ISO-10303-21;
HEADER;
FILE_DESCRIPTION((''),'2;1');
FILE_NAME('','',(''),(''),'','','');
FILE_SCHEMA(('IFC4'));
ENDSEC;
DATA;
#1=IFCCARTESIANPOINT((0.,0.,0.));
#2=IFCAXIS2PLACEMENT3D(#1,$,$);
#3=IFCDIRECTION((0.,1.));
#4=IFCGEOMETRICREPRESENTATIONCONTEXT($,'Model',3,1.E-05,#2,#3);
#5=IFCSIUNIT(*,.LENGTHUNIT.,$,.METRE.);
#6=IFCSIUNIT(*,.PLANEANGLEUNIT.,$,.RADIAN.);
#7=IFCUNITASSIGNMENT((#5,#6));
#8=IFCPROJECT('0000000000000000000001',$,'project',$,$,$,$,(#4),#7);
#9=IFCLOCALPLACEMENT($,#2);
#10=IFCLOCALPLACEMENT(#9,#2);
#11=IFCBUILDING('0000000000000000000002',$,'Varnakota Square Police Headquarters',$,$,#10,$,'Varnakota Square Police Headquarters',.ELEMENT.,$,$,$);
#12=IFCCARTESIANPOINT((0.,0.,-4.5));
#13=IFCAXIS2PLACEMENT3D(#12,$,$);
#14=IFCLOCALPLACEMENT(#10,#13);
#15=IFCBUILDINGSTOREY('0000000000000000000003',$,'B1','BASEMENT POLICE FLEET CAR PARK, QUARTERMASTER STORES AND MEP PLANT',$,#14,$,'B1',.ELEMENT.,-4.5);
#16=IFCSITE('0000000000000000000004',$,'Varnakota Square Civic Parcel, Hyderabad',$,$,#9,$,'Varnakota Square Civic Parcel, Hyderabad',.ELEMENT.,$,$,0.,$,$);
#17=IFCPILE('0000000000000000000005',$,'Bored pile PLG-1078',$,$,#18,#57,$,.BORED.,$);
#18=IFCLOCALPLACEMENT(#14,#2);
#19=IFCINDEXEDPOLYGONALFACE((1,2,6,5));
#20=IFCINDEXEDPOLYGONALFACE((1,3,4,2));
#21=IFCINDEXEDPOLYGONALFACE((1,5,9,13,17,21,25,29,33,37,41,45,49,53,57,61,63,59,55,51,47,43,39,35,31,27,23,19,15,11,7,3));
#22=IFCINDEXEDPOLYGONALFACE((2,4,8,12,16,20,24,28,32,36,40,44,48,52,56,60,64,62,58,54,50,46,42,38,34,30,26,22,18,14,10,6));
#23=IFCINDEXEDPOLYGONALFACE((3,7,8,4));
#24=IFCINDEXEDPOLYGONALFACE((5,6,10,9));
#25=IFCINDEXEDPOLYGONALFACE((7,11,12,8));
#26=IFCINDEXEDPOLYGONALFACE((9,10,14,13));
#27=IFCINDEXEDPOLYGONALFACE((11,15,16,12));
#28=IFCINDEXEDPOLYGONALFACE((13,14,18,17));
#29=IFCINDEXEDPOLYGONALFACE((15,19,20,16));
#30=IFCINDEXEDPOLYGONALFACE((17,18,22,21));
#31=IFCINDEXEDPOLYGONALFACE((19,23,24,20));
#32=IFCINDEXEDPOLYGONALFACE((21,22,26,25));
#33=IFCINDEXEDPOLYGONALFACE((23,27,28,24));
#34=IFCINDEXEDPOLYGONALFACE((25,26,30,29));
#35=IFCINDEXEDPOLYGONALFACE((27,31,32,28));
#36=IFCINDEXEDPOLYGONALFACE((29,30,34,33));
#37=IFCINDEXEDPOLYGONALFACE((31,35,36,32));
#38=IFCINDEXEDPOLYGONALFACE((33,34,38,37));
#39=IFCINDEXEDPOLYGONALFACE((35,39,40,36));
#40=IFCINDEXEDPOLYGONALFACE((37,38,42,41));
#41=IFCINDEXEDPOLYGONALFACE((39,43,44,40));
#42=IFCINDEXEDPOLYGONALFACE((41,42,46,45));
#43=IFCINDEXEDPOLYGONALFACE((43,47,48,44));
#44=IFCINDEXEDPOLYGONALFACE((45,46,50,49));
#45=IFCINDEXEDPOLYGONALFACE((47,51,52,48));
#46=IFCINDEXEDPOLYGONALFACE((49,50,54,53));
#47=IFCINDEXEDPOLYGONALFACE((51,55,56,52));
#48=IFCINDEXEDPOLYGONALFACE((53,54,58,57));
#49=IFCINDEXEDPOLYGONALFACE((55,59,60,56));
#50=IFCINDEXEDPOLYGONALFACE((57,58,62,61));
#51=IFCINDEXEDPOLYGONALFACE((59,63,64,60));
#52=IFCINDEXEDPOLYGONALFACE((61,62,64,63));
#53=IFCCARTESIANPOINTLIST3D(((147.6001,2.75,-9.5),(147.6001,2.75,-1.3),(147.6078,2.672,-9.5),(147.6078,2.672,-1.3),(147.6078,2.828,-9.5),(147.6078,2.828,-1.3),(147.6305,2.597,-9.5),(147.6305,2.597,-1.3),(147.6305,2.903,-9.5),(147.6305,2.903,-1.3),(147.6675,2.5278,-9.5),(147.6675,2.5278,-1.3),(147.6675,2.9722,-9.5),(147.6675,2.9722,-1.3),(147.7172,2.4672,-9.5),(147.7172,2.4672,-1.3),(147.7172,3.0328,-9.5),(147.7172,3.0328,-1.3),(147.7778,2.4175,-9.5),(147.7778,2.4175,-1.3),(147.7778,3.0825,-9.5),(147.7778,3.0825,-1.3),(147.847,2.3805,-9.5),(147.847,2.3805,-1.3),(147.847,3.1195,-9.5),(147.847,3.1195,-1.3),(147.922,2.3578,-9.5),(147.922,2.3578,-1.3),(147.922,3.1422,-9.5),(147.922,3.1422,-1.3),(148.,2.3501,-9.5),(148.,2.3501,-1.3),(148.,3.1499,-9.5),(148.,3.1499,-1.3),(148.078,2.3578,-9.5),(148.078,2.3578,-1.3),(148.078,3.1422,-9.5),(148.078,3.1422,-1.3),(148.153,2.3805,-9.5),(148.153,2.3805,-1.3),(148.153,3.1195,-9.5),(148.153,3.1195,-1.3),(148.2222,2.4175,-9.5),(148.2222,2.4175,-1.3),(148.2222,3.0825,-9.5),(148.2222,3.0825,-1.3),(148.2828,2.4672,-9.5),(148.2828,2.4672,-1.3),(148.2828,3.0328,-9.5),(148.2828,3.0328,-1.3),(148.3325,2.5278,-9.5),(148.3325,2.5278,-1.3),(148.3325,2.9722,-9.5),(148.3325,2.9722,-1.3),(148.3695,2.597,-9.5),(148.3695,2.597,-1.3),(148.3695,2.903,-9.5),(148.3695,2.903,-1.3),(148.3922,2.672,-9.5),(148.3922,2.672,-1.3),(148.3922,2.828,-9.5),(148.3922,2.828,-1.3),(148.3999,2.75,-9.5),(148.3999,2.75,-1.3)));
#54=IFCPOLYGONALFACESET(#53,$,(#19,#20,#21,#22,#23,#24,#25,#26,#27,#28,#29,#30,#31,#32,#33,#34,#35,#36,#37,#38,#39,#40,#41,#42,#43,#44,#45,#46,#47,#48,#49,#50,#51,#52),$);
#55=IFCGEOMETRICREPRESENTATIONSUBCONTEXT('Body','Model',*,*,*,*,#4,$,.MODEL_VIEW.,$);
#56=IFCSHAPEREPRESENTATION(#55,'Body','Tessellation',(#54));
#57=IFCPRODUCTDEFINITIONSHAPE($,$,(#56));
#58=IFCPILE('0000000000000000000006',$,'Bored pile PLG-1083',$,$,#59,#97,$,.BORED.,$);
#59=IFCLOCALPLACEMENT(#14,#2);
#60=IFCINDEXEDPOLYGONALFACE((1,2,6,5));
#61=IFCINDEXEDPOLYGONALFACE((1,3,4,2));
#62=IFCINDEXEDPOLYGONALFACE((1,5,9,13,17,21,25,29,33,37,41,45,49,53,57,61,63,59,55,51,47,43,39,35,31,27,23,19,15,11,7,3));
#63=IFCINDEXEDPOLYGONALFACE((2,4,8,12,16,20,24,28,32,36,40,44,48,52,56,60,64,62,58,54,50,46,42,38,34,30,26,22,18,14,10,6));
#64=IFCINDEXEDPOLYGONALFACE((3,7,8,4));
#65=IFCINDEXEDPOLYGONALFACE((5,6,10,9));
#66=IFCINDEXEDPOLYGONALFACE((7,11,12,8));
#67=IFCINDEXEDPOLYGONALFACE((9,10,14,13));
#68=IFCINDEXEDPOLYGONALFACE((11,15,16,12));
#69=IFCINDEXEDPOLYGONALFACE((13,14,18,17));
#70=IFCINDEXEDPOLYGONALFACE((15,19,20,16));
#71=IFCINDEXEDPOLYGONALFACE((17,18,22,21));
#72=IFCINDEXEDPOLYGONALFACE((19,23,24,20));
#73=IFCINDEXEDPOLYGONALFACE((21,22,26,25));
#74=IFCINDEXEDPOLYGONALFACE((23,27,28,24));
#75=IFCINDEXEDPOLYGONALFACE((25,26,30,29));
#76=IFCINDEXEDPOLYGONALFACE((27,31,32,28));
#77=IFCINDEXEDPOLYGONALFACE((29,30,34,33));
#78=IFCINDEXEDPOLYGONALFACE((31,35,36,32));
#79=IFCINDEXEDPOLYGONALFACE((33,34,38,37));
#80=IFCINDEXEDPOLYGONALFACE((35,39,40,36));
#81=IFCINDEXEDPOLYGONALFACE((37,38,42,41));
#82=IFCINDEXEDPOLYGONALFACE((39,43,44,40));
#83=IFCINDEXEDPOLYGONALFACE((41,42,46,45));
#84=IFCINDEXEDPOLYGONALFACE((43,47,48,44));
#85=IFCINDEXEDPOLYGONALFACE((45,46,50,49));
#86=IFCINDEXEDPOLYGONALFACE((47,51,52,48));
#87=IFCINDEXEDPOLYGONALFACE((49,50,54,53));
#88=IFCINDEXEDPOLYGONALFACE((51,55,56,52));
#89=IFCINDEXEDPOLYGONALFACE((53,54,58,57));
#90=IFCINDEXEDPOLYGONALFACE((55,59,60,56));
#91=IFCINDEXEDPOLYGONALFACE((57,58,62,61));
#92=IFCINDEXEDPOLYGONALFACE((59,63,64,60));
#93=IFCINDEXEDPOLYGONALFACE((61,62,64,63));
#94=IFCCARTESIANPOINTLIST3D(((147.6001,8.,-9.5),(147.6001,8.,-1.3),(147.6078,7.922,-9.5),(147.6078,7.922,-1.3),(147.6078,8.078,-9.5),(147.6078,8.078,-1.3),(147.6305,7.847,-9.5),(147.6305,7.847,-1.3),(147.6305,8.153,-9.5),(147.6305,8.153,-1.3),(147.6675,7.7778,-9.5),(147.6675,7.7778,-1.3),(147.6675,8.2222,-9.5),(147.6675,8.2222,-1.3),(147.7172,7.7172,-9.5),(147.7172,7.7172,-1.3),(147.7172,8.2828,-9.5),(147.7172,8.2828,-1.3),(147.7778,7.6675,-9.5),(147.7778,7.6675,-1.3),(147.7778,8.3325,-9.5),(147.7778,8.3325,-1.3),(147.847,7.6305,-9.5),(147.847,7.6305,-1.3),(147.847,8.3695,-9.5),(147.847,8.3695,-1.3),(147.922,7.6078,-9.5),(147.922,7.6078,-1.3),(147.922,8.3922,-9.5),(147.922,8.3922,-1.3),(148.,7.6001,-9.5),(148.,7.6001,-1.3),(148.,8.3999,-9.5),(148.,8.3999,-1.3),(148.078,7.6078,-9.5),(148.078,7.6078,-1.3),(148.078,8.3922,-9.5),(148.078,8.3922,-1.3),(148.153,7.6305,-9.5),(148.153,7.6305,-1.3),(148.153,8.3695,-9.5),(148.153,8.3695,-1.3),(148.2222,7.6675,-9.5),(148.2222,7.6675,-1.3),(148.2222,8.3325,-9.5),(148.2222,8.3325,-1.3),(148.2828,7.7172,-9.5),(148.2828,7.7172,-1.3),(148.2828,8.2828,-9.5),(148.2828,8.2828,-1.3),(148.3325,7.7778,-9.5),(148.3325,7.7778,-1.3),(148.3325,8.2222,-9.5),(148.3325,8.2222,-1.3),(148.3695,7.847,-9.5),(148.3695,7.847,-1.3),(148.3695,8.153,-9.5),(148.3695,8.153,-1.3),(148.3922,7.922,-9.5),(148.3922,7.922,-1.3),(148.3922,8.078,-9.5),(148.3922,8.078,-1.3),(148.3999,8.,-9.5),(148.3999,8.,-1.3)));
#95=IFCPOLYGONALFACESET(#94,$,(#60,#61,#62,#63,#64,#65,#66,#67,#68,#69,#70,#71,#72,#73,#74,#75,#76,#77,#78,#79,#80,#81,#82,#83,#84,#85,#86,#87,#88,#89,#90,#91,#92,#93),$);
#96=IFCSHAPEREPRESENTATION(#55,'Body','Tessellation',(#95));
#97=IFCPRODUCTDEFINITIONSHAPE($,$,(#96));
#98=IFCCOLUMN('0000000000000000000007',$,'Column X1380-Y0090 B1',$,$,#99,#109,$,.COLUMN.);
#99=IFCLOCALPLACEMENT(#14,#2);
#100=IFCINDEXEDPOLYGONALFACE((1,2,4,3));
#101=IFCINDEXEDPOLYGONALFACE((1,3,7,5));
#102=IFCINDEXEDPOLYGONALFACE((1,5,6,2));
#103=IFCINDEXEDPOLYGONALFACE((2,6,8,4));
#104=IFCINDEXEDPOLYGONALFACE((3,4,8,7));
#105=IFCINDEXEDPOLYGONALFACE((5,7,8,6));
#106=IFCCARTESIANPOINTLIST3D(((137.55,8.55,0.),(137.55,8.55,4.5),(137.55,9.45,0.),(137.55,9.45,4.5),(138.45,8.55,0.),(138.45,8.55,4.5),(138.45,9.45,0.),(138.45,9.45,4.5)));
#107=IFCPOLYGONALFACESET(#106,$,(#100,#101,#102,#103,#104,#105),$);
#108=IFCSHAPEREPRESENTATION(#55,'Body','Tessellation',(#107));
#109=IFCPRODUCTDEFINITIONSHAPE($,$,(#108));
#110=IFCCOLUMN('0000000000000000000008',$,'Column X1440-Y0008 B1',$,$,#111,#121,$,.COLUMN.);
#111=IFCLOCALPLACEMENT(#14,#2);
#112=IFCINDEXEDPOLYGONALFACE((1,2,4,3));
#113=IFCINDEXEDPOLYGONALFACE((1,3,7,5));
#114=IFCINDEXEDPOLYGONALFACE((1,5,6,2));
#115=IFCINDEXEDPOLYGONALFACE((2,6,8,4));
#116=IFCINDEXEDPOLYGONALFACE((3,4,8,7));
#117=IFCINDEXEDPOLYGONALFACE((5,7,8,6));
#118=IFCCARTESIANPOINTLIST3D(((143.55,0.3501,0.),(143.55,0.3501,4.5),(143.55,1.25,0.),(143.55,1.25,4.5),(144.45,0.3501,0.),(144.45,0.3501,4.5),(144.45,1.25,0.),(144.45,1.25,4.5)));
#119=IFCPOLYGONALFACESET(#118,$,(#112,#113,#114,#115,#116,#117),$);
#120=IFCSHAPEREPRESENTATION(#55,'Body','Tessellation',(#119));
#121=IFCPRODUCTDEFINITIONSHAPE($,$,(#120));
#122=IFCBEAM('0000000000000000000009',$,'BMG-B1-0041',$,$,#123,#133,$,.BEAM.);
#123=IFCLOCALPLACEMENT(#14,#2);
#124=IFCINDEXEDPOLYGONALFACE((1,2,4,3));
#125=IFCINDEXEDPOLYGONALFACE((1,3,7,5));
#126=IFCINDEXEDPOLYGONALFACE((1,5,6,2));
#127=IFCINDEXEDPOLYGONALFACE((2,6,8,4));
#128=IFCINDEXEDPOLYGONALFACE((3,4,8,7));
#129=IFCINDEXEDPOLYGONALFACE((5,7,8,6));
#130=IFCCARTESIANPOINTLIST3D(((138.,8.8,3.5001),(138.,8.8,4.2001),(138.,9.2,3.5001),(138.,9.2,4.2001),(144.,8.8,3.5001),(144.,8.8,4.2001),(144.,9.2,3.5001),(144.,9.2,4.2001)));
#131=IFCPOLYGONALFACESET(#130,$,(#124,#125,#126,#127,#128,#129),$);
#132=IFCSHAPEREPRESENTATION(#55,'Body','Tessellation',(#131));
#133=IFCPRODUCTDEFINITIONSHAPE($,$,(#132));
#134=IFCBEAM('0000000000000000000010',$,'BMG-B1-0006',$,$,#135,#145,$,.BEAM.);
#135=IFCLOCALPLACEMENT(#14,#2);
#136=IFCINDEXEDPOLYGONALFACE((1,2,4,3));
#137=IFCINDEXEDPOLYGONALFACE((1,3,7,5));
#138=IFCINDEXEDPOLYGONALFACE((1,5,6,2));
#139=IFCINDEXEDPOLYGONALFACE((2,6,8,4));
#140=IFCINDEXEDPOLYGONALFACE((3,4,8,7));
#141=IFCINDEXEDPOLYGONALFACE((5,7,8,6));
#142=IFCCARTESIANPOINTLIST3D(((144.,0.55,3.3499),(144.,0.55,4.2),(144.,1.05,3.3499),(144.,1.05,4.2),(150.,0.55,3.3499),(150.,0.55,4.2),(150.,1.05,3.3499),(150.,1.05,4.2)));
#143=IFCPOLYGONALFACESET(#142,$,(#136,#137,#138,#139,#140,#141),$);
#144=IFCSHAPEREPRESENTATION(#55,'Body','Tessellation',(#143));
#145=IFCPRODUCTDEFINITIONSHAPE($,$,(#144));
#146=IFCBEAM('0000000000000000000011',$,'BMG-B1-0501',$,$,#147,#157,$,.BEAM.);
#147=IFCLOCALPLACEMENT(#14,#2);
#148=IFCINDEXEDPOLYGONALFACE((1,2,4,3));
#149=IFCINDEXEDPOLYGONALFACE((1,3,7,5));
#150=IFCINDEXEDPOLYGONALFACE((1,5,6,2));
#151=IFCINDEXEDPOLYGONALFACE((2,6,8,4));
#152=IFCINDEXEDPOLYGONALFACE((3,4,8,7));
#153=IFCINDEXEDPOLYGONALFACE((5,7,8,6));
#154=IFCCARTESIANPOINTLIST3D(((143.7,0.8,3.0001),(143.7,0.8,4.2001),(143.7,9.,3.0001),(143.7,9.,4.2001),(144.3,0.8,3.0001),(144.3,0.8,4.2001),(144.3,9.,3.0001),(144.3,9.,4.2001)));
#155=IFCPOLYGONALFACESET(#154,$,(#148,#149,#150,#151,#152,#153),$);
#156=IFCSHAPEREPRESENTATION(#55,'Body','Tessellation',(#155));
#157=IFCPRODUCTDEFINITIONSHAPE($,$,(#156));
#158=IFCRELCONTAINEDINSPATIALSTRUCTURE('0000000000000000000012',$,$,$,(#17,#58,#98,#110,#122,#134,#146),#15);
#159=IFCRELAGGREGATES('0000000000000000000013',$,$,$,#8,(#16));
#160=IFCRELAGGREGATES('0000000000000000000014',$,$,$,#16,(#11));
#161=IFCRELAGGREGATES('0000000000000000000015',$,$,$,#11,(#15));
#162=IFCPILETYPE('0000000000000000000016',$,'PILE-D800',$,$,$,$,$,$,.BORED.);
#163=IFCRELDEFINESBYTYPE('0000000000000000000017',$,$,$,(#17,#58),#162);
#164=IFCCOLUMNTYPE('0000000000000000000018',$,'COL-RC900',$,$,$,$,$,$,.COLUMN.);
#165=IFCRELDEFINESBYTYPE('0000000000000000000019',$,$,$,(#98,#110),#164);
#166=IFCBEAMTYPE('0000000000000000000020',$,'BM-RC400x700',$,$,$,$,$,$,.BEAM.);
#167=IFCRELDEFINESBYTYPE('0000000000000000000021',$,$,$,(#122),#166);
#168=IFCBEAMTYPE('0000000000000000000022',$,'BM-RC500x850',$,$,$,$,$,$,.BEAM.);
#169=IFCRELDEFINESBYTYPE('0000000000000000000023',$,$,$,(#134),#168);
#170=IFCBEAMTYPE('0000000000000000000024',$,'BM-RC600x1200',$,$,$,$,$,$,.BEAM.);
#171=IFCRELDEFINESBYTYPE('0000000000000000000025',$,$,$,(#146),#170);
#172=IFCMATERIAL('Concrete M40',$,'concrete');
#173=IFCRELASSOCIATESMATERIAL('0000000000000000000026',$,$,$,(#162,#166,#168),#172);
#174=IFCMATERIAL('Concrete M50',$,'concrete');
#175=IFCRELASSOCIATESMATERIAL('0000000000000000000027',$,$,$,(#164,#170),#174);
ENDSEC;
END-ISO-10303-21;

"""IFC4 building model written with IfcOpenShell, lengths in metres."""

from ifc_helpers import new_model, si_unit, direction, frame, origin, origin_2d, place, context, subcontext, project, spatial, rectangle, circle, extrude, material, material_profile, profile_set, type_object, element, save


model = new_model("IFC4")

# Units and contexts
model_context = context("Model", 3, precision=1e-05, world=origin(), true_north=direction((0.0, 1.0)))
body_context = subcontext(model_context, "Body", "Model", "MODEL_VIEW")
ifc_project = project(units=[si_unit("LENGTHUNIT", "METRE"), si_unit("PLANEANGLEUNIT", "RADIAN")], contexts=[model_context])

# Site, building, storey
site_placement = place(None, origin())
site = spatial("IfcSite", under=ifc_project, at=site_placement, Name="Varnakota Square Civic Parcel, Hyderabad", LongName="Varnakota Square Civic Parcel, Hyderabad", CompositionType="ELEMENT", RefElevation=0.0)
building_placement = place(site_placement, origin())
building = spatial("IfcBuilding", under=site, at=building_placement, Name="Varnakota Square Police Headquarters", LongName="Varnakota Square Police Headquarters", CompositionType="ELEMENT")
storey_placement = place(building_placement, frame((0.0, 0.0, -4.5)))
storey = spatial("IfcBuildingStorey", under=building, at=storey_placement, Name="B1", Description="BASEMENT POLICE FLEET CAR PARK, QUARTERMASTER STORES AND MEP PLANT", LongName="B1", CompositionType="ELEMENT", Elevation=-4.5)

# Shared definitions
ifc_material_1 = material(Name="Concrete M40", Category="concrete")
ifc_material_2 = material(Name="Concrete M50", Category="concrete")

# Piles
ifc_material_profile_1 = material_profile(ifc_material_1, circle(Radius=0.3999, at=origin_2d()), Name="BORED PILE 800")
ifc_profile_set_1 = profile_set([ifc_material_profile_1], Name="Concrete M40")
pile_type = type_object("IfcPileType", Name="PILE-D800", PredefinedType="BORED", material=ifc_profile_set_1)
for number, where, z_axis, x_axis, name in (
    (1, (148.0, 2.75, -1.3), (0.0, 0.0, -1.0), (1.0, 0.0, 0.0), "Bored pile PLG-1078"),
    (2, (148.0, 8.0, -1.3), (0.0, 0.0, -1.0), (1.0, 0.0, 0.0), "Bored pile PLG-1083"),
):
    element("IfcPile", number, at=place(storey_placement, frame(where, z_axis=z_axis, x_axis=x_axis)), inside=storey, type_object=pile_type, Name=name, PredefinedType="BORED", context=body_context, shape_type="SweptSolid", body=[
        extrude(circle(Radius=0.3999, at=origin_2d()), origin(), (0.0, 0.0, 1.0), 8.2),
    ])

# Columns
ifc_material_profile_2 = material_profile(ifc_material_2, rectangle(XDim=0.8999, YDim=0.8999, at=origin_2d()), Name="RC 900x900")
ifc_profile_set_2 = profile_set([ifc_material_profile_2], Name="Concrete M50")
column_type = type_object("IfcColumnType", Name="COL-RC900", PredefinedType="COLUMN", material=ifc_profile_set_2)
for number, where, z_axis, x_axis, name in (
    (3, (138.0, 9.0, 0.0), (0.0, 0.0, 1.0), (1.0, 0.0, 0.0), "Column X1380-Y0090 B1"),
    (4, (144.0, 0.8, 0.0), (0.0, 0.0, 1.0), (1.0, 0.0, 0.0), "Column X1440-Y0008 B1"),
):
    element("IfcColumn", number, at=place(storey_placement, frame(where, z_axis=z_axis, x_axis=x_axis)), inside=storey, type_object=column_type, Name=name, PredefinedType="COLUMN", context=body_context, shape_type="SweptSolid", body=[
        extrude(rectangle(XDim=0.8999, YDim=0.8999, at=origin_2d()), origin(), (0.0, 0.0, 1.0), 4.5),
    ])

# Beams
ifc_material_profile_3 = material_profile(ifc_material_1, rectangle(XDim=0.3999, YDim=0.7, at=origin_2d()), Name="RC 400x700")
ifc_profile_set_3 = profile_set([ifc_material_profile_3], Name="Concrete M40")
beam_type_1 = type_object("IfcBeamType", Name="BM-RC400x700", PredefinedType="BEAM", material=ifc_profile_set_3)
beam_1_placement = place(storey_placement, frame((138.0, 9.0, 3.8501), z_axis=(1.0, 0.0, 0.0), x_axis=(0.0, 1.0, 0.0)))
element("IfcBeam", 5, at=beam_1_placement, inside=storey, type_object=beam_type_1, Name="BMG-B1-0041", PredefinedType="BEAM", context=body_context, shape_type="SweptSolid", body=[
    extrude(rectangle(XDim=0.3999, YDim=0.7, at=origin_2d()), origin(), (0.0, 0.0, 1.0), 6.0),
])
ifc_material_profile_4 = material_profile(ifc_material_1, rectangle(XDim=0.5, YDim=0.8501, at=origin_2d()), Name="RC 500x850")
ifc_profile_set_4 = profile_set([ifc_material_profile_4], Name="Concrete M40")
beam_type_2 = type_object("IfcBeamType", Name="BM-RC500x850", PredefinedType="BEAM", material=ifc_profile_set_4)
beam_2_placement = place(storey_placement, frame((144.0, 0.8, 3.7749), z_axis=(1.0, 0.0, 0.0), x_axis=(0.0, 1.0, 0.0)))
element("IfcBeam", 6, at=beam_2_placement, inside=storey, type_object=beam_type_2, Name="BMG-B1-0006", PredefinedType="BEAM", context=body_context, shape_type="SweptSolid", body=[
    extrude(rectangle(XDim=0.5, YDim=0.8501, at=origin_2d()), origin(), (0.0, 0.0, 1.0), 6.0),
])
ifc_material_profile_5 = material_profile(ifc_material_2, rectangle(XDim=0.6001, YDim=1.2, at=origin_2d()), Name="RC 600x1200")
ifc_profile_set_5 = profile_set([ifc_material_profile_5], Name="Concrete M50")
beam_type_3 = type_object("IfcBeamType", Name="BM-RC600x1200", PredefinedType="BEAM", material=ifc_profile_set_5)
beam_3_placement = place(storey_placement, frame((144.0, 0.8, 3.6001), z_axis=(0.0, 1.0, 0.0), x_axis=(-1.0, 0.0, 0.0)))
element("IfcBeam", 7, at=beam_3_placement, inside=storey, type_object=beam_type_3, Name="BMG-B1-0501", PredefinedType="BEAM", context=body_context, shape_type="SweptSolid", body=[
    extrude(rectangle(XDim=0.6001, YDim=1.2, at=origin_2d()), origin(), (0.0, 0.0, 1.0), 8.2),
])

save(model, "model.ifc")
